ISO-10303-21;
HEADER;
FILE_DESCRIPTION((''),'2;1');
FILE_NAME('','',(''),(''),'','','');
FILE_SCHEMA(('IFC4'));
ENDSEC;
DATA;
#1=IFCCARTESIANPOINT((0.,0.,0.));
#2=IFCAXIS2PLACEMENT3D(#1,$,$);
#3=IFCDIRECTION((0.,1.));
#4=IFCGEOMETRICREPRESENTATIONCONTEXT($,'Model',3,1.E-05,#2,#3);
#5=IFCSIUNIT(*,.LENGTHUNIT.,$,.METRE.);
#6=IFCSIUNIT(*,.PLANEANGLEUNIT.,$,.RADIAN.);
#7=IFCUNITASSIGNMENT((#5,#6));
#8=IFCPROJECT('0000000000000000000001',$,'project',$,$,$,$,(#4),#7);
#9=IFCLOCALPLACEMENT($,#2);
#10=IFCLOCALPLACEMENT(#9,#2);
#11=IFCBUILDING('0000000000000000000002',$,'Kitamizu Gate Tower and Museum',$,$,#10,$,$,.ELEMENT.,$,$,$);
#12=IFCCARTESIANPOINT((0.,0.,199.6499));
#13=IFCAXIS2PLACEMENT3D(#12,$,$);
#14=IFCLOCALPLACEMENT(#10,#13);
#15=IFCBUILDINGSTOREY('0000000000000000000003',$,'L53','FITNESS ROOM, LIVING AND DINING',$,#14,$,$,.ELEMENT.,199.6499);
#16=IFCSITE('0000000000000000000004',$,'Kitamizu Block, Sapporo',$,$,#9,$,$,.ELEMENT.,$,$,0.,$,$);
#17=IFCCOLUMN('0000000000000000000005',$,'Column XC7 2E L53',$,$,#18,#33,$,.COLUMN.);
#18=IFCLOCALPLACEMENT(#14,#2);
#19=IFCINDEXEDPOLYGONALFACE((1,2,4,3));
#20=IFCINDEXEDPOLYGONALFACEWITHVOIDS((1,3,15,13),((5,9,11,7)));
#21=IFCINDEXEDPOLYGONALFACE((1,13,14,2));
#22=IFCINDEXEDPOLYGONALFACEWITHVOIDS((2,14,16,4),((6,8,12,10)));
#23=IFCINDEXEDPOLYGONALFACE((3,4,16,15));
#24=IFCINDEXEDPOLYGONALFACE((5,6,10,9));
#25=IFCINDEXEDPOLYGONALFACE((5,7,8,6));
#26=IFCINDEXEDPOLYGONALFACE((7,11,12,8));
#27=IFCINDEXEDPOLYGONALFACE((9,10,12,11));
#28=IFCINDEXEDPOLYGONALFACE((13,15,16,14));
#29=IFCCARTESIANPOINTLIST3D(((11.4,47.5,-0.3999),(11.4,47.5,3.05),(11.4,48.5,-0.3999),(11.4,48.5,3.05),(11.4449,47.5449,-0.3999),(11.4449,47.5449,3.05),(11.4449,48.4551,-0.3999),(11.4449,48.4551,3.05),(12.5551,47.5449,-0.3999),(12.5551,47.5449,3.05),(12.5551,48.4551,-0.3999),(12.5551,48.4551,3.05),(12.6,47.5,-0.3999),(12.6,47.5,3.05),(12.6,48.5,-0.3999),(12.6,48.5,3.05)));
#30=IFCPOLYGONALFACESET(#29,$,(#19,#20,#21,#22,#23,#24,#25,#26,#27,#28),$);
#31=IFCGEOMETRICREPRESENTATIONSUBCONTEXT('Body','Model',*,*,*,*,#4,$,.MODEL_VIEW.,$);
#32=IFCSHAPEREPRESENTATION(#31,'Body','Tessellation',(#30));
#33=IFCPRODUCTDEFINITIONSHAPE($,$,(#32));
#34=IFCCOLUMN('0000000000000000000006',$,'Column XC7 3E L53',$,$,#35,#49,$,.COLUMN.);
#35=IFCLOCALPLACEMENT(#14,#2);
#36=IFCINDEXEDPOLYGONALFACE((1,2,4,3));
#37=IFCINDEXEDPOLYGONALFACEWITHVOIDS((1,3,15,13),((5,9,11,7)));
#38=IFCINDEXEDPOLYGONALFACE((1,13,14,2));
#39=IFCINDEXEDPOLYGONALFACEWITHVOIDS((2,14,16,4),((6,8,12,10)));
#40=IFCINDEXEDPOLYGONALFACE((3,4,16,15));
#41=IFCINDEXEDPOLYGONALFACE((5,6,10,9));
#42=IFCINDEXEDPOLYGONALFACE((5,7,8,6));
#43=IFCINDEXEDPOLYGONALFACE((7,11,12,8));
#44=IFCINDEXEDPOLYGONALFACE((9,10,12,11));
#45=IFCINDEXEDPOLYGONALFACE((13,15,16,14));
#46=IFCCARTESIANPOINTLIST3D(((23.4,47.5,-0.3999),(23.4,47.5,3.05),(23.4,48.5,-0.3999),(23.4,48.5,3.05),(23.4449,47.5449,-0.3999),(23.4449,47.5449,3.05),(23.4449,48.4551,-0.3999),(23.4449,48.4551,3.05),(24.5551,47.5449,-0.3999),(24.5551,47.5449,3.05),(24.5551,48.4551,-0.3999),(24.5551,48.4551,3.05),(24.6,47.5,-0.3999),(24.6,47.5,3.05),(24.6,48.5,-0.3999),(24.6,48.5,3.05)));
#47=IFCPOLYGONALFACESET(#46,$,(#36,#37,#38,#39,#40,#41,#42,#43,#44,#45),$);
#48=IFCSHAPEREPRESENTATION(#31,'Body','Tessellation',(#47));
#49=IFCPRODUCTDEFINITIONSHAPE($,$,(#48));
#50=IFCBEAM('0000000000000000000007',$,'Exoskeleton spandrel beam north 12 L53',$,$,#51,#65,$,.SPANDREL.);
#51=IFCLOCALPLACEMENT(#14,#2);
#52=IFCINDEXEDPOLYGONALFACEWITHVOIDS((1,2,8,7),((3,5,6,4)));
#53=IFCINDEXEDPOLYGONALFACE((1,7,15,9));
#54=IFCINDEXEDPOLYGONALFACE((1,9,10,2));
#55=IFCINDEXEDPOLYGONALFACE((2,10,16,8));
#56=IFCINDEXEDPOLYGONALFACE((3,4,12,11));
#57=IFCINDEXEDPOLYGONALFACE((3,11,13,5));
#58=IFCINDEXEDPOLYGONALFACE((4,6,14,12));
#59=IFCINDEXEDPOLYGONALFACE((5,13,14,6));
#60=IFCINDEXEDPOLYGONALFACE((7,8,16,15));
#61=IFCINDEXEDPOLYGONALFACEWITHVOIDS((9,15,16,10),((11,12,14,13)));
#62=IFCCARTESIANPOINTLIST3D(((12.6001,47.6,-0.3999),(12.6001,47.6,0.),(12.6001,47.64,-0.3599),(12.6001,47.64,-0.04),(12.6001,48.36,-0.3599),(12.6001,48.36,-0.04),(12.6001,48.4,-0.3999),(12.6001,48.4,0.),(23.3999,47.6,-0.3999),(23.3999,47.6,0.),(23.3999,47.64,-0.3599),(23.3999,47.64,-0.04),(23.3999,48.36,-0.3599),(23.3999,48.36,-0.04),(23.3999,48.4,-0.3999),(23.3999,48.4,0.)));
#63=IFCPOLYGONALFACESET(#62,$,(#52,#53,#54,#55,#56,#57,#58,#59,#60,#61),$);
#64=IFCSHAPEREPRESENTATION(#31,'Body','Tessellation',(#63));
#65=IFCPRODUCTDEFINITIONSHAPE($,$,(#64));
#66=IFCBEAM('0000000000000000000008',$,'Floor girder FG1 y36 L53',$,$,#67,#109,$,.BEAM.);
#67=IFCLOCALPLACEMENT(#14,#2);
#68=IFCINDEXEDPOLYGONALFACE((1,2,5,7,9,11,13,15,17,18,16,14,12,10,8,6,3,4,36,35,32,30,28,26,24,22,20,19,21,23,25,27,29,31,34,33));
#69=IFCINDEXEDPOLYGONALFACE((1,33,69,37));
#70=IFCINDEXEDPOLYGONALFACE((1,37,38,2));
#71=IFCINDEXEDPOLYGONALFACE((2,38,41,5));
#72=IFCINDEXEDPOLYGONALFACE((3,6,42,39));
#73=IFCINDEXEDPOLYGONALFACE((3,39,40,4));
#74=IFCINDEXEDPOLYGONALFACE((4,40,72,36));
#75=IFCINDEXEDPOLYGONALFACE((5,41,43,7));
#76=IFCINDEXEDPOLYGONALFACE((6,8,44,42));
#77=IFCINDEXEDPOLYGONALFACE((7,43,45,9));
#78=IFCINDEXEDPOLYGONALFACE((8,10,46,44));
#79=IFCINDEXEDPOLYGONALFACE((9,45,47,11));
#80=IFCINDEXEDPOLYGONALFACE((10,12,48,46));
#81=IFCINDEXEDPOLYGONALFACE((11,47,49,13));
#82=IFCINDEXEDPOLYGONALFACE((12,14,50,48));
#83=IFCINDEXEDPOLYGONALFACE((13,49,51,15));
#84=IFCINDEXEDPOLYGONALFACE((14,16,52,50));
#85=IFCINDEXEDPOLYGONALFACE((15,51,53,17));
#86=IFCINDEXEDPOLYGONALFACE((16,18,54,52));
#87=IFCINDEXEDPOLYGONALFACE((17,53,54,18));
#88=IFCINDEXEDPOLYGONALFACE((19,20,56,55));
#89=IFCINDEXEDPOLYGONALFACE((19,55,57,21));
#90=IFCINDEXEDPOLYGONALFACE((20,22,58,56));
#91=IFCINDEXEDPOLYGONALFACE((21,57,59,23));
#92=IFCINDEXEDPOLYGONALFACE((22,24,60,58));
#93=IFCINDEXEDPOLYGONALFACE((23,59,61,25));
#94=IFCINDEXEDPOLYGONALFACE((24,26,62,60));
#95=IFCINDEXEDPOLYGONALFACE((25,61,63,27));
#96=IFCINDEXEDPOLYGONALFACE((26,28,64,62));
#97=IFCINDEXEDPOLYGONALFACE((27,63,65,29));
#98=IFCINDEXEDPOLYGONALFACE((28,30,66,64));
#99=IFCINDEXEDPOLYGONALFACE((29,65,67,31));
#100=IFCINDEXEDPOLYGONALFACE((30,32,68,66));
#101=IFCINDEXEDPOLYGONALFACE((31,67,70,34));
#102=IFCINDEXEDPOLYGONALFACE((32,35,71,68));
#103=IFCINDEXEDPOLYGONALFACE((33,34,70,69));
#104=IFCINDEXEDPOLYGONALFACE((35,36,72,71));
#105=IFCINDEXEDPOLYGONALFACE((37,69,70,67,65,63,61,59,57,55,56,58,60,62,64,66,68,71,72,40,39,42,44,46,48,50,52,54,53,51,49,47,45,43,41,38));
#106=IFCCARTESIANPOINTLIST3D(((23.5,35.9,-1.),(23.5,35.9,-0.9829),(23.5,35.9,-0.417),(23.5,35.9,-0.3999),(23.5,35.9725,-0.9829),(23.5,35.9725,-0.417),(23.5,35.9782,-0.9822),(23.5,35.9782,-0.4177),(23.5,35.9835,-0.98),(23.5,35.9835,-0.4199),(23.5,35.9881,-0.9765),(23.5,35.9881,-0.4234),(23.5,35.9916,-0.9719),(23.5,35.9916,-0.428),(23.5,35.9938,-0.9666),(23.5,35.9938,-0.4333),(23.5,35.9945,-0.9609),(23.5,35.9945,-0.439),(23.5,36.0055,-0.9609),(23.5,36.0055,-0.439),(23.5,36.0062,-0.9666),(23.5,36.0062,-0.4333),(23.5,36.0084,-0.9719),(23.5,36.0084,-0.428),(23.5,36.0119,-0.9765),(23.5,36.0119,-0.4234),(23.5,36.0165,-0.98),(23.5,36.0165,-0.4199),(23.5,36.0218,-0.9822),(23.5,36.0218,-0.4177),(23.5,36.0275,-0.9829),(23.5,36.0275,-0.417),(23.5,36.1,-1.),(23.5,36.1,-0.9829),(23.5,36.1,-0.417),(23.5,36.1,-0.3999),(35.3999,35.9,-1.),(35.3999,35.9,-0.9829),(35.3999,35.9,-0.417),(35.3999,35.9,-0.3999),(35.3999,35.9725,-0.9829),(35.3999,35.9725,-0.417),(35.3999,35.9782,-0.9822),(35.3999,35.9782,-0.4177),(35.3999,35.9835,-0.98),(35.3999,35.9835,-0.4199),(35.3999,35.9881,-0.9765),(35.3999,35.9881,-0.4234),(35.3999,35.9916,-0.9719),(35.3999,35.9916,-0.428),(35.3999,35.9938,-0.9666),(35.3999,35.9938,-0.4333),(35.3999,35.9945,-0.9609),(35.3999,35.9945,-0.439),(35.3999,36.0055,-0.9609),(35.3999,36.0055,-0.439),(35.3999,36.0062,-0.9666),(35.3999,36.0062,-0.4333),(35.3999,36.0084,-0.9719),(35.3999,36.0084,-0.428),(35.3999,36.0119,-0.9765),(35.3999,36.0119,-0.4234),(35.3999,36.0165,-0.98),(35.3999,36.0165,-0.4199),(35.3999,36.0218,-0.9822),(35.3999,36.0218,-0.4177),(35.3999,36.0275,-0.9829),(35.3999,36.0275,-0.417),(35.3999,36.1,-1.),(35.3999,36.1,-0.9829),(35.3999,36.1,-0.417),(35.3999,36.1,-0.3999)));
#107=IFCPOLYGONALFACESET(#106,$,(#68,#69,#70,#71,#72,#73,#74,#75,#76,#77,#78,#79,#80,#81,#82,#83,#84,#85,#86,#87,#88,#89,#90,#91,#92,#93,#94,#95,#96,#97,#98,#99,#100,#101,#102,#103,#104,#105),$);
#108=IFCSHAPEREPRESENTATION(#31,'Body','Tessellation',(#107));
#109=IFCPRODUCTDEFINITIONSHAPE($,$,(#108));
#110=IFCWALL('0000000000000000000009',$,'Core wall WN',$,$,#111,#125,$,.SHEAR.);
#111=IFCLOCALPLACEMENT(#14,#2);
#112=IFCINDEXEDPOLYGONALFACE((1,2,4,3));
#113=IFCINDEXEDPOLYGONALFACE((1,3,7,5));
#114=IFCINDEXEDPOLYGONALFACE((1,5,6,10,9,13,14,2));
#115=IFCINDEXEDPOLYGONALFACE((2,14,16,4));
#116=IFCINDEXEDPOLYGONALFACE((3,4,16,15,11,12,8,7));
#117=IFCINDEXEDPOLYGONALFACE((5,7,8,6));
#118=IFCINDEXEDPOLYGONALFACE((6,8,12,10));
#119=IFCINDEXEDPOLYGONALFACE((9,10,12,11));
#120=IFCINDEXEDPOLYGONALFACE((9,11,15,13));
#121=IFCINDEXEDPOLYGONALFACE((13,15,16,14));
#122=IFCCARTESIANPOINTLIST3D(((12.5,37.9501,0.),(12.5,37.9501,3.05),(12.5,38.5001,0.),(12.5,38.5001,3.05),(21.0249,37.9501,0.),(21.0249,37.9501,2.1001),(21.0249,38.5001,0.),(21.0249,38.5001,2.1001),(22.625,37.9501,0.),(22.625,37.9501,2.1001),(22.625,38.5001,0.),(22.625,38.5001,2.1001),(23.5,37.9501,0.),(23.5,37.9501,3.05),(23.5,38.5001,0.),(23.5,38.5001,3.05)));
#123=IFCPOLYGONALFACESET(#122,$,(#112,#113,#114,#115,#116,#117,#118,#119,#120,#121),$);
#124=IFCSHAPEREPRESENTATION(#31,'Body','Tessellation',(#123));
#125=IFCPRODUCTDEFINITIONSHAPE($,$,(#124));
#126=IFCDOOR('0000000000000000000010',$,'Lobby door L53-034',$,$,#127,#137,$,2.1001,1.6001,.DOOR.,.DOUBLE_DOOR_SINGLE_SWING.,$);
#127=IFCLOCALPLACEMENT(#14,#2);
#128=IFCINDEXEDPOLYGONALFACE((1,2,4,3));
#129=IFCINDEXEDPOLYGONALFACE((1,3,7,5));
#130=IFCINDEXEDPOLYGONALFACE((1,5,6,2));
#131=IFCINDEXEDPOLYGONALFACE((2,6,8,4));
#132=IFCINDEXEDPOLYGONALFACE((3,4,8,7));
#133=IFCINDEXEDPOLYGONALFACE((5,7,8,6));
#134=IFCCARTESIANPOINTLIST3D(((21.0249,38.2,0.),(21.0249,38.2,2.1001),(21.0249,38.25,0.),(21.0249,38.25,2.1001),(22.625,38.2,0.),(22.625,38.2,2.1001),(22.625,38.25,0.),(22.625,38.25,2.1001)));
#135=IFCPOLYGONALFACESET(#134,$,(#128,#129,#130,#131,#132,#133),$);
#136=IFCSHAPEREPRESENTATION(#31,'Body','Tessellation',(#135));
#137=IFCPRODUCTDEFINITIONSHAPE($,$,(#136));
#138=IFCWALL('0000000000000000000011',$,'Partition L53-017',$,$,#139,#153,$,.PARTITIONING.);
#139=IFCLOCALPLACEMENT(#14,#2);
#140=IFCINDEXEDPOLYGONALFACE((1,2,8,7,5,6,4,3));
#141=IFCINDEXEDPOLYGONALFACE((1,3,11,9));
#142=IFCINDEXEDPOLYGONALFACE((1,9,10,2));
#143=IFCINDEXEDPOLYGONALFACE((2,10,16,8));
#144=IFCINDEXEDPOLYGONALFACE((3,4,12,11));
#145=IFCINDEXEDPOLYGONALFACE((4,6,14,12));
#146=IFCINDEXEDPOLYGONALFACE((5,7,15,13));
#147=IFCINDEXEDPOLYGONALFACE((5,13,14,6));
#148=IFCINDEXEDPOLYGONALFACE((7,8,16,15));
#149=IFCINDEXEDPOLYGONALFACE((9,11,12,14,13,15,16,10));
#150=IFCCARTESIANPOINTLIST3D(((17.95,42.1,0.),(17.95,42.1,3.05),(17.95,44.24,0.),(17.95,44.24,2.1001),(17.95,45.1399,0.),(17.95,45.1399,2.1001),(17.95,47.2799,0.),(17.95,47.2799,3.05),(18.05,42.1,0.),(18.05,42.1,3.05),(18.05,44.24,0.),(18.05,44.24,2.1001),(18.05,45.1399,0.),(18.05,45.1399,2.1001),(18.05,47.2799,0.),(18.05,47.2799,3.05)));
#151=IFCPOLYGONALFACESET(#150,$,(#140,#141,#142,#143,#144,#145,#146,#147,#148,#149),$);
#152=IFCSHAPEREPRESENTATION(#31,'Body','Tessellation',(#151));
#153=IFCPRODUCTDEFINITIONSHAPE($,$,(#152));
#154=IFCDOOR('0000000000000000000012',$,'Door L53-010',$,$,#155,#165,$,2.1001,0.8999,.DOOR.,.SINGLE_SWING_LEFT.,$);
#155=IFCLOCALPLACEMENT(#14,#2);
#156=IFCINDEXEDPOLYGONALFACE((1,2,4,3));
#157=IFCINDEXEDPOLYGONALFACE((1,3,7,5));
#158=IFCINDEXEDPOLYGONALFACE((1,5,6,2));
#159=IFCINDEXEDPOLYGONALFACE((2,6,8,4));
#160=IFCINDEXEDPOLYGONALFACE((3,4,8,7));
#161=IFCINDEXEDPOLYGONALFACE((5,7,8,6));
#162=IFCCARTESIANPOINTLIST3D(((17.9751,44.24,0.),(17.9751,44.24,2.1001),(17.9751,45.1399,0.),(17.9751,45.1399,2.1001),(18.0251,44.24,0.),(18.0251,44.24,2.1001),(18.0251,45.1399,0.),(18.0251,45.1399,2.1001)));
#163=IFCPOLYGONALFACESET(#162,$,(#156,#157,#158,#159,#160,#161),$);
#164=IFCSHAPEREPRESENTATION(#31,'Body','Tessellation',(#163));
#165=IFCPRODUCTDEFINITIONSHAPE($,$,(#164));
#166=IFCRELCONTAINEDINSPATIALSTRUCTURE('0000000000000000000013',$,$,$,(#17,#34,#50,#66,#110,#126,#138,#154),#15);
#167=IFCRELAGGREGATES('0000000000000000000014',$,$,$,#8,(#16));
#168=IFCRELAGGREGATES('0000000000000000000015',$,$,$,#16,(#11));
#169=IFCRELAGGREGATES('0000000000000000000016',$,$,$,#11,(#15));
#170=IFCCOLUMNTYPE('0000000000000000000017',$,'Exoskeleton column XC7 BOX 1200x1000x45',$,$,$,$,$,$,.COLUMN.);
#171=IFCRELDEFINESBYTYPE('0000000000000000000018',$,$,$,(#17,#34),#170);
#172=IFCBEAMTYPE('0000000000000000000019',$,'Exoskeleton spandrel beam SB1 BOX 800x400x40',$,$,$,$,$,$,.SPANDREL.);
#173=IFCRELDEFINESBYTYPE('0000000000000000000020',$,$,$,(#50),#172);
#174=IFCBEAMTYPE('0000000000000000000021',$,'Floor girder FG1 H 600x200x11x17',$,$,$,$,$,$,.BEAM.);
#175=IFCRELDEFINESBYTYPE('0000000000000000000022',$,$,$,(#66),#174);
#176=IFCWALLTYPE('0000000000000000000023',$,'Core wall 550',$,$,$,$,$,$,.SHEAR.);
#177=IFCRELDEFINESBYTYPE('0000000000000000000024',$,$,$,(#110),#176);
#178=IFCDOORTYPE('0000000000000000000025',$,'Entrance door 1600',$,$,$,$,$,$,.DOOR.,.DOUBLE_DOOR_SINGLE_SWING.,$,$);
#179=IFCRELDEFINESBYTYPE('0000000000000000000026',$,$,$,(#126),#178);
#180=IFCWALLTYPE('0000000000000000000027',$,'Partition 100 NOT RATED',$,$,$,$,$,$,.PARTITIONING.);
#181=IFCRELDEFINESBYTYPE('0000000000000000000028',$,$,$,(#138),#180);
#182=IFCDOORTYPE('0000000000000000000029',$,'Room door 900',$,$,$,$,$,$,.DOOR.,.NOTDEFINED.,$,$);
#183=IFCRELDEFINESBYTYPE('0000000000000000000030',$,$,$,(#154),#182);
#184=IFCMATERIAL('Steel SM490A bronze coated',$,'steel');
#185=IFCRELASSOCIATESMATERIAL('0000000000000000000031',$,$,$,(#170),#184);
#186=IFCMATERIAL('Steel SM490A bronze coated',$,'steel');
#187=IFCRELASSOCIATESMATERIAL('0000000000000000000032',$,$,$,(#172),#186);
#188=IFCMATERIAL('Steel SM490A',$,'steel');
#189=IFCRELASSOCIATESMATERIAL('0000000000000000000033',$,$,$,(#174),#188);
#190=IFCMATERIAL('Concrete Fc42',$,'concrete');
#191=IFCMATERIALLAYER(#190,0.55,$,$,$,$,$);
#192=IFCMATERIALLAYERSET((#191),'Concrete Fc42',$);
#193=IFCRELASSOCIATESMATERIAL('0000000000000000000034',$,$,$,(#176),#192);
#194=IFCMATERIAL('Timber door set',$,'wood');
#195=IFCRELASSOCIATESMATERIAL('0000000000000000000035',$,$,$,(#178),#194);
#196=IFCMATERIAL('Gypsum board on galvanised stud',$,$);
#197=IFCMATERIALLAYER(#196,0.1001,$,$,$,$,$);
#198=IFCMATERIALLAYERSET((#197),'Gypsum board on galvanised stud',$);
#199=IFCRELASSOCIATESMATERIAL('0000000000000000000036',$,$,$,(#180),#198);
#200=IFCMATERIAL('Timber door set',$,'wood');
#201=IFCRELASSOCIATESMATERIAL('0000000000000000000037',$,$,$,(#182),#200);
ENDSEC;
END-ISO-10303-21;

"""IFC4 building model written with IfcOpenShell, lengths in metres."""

from ifc_helpers import new_model, si_unit, direction, frame, frame_2d, origin, origin_2d, place, context, subcontext, project, spatial, rectangle, hollow_rectangle, i_section, extrude, material, layer, layer_set, material_profile, profile_set, type_object, element, fill, save


model = new_model("IFC4")

# Units and contexts
model_context = context("Model", 3, precision=1e-05, world=origin(), true_north=direction((0.0, 1.0)))
body_context = subcontext(model_context, "Body", "Model", "MODEL_VIEW")
ifc_project = project(units=[si_unit("LENGTHUNIT", "METRE"), si_unit("PLANEANGLEUNIT", "RADIAN")], contexts=[model_context])

# Site, building, storey
site_placement = place(None, origin())
site = spatial("IfcSite", under=ifc_project, at=site_placement, Name="Kitamizu Block, Sapporo", CompositionType="ELEMENT", RefElevation=0.0)
building_placement = place(site_placement, origin())
building = spatial("IfcBuilding", under=site, at=building_placement, Name="Kitamizu Gate Tower and Museum", CompositionType="ELEMENT")
storey_placement = place(building_placement, frame((0.0, 0.0, 199.6499)))
storey = spatial("IfcBuildingStorey", under=building, at=storey_placement, Name="L53", Description="FITNESS ROOM, LIVING AND DINING", CompositionType="ELEMENT", Elevation=199.6499)

# Columns
ifc_material_1 = material(Name="Steel SM490A bronze coated", Category="steel")
ifc_material_profile_1 = material_profile(ifc_material_1, hollow_rectangle(XDim=1.2, YDim=1.0, WallThickness=0.0449, at=origin_2d()), Name="BOX 1200x1000x45")
ifc_profile_set_1 = profile_set([ifc_material_profile_1], Name="Steel SM490A bronze coated")
column_type = type_object("IfcColumnType", Name="Exoskeleton column XC7 BOX 1200x1000x45", PredefinedType="COLUMN", material=ifc_profile_set_1)
for number, where, z_axis, x_axis, name in (
    (1, (12.0, 48.0, -0.3999), (0.0, 0.0, 1.0), (1.0, 0.0, 0.0), "Column XC7 2E L53"),
    (2, (24.0, 48.0, -0.3999), (0.0, 0.0, 1.0), (1.0, 0.0, 0.0), "Column XC7 3E L53"),
):
    element("IfcColumn", number, at=place(storey_placement, frame(where, z_axis=z_axis, x_axis=x_axis)), inside=storey, type_object=column_type, Name=name, PredefinedType="COLUMN", context=body_context, shape_type="SweptSolid", body=[
        extrude(hollow_rectangle(XDim=1.2, YDim=1.0, WallThickness=0.0449, at=origin_2d()), origin(), (0.0, 0.0, 1.0), 3.45),
    ])

# Beams
ifc_material_2 = material(Name="Steel SM490A bronze coated", Category="steel")
ifc_material_profile_2 = material_profile(ifc_material_2, hollow_rectangle(XDim=0.8, YDim=0.3999, WallThickness=0.04, at=origin_2d()), Name="BOX 800x400x40")
ifc_profile_set_2 = profile_set([ifc_material_profile_2], Name="Steel SM490A bronze coated")
beam_type_1 = type_object("IfcBeamType", Name="Exoskeleton spandrel beam SB1 BOX 800x400x40", PredefinedType="SPANDREL", material=ifc_profile_set_2)
beam_1_placement = place(storey_placement, frame((12.6001, 48.0, -0.2), z_axis=(1.0, 0.0, 0.0), x_axis=(0.0, 1.0, 0.0)))
element("IfcBeam", 3, at=beam_1_placement, inside=storey, type_object=beam_type_1, Name="Exoskeleton spandrel beam north 12 L53", PredefinedType="SPANDREL", context=body_context, shape_type="SweptSolid", body=[
    extrude(hollow_rectangle(XDim=0.8, YDim=0.3999, WallThickness=0.04, at=origin_2d()), origin(), (0.0, 0.0, 1.0), 10.7998),
])
ifc_material_3 = material(Name="Steel SM490A", Category="steel")
ifc_material_profile_3 = material_profile(ifc_material_3, i_section(OverallWidth=0.2, OverallDepth=0.6001, WebThickness=0.011, FlangeThickness=0.0171, FilletRadius=0.022, at=origin_2d()), Name="H-600x200x11x17")
ifc_profile_set_3 = profile_set([ifc_material_profile_3], Name="Steel SM490A")
beam_type_2 = type_object("IfcBeamType", Name="Floor girder FG1 H 600x200x11x17", PredefinedType="BEAM", material=ifc_profile_set_3)
beam_2_placement = place(storey_placement, frame((23.5, 36.0, -0.7), z_axis=(1.0, 0.0, 0.0), x_axis=(0.0, 1.0, 0.0)))
element("IfcBeam", 4, at=beam_2_placement, inside=storey, type_object=beam_type_2, Name="Floor girder FG1 y36 L53", PredefinedType="BEAM", context=body_context, shape_type="SweptSolid", body=[
    extrude(i_section(OverallWidth=0.2, OverallDepth=0.6001, WebThickness=0.011, FlangeThickness=0.0171, FilletRadius=0.022, at=origin_2d()), origin(), (0.0, 0.0, 1.0), 11.8999),
])

# Walls, openings, doors
ifc_material_4 = material(Name="Concrete Fc42", Category="concrete")
ifc_layer_1 = layer(ifc_material_4, 0.55)
ifc_layer_set_1 = layer_set([ifc_layer_1], Name="Concrete Fc42")
wall_type_1 = type_object("IfcWallType", Name="Core wall 550", PredefinedType="SHEAR", material=ifc_layer_set_1)
wall_1_placement = place(storey_placement, frame((12.5, 38.2251, 0.0), z_axis=(0.0, 0.0, 1.0), x_axis=(1.0, 0.0, 0.0)))
wall_1 = element("IfcWall", 5, at=wall_1_placement, inside=storey, type_object=wall_type_1, Name="Core wall WN", PredefinedType="SHEAR", context=body_context, shape_type="SweptSolid", body=[
    extrude(rectangle(XDim=11.0, YDim=0.55, at=frame_2d((5.5, 0.0))), origin(), (0.0, 0.0, 1.0), 3.05),
])
opening_1_placement = place(wall_1_placement, frame((8.5249, 0.0, 0.0)))
opening_1 = element("IfcOpeningElement", 6, at=opening_1_placement, cuts=wall_1, PredefinedType="OPENING", context=body_context, shape_type="SweptSolid", body=[
    extrude(rectangle(XDim=1.6001, YDim=2.1001, at=frame_2d((0.8, 1.05))), frame((0.0, 0.2852, 0.0), z_axis=(0.0, -1.0, 0.0), x_axis=(1.0, 0.0, 0.0)), (0.0, 0.0, 1.0), 0.5701),
])
ifc_material_5 = material(Name="Timber door set", Category="wood")
door_type_1 = type_object("IfcDoorType", Name="Entrance door 1600", OperationType="DOUBLE_DOOR_SINGLE_SWING", PredefinedType="DOOR", material=ifc_material_5)
door_1_placement = place(opening_1_placement, origin())
door_1 = element("IfcDoor", 7, at=door_1_placement, inside=storey, type_object=door_type_1, Name="Lobby door L53-034", OperationType="DOUBLE_DOOR_SINGLE_SWING", OverallHeight=2.1001, OverallWidth=1.6001, PredefinedType="DOOR", context=body_context, shape_type="SweptSolid", body=[
    extrude(rectangle(XDim=1.6001, YDim=2.1001, at=frame_2d((0.8, 1.05))), frame((0.0, 0.0249, 0.0), z_axis=(0.0, -1.0, 0.0), x_axis=(1.0, 0.0, 0.0)), (0.0, 0.0, 1.0), 0.05),
])
fill(opening_1, door_1)
ifc_material_6 = material(Name="Gypsum board on galvanised stud")
ifc_layer_2 = layer(ifc_material_6, 0.1001)
ifc_layer_set_2 = layer_set([ifc_layer_2], Name="Gypsum board on galvanised stud")
wall_type_2 = type_object("IfcWallType", Name="Partition 100 NOT RATED", PredefinedType="PARTITIONING", material=ifc_layer_set_2)
wall_2_placement = place(storey_placement, frame((18.0, 42.1001, 0.0), z_axis=(0.0, 0.0, 1.0), x_axis=(0.0, 1.0, 0.0)))
wall_2 = element("IfcWall", 8, at=wall_2_placement, inside=storey, type_object=wall_type_2, Name="Partition L53-017", PredefinedType="PARTITIONING", context=body_context, shape_type="SweptSolid", body=[
    extrude(rectangle(XDim=5.1799, YDim=0.1001, at=frame_2d((2.5898, 0.0))), origin(), (0.0, 0.0, 1.0), 3.05),
])
opening_2_placement = place(wall_2_placement, frame((2.1399, 0.0, 0.0)))
opening_2 = element("IfcOpeningElement", 9, at=opening_2_placement, cuts=wall_2, PredefinedType="OPENING", context=body_context, shape_type="SweptSolid", body=[
    extrude(rectangle(XDim=0.8999, YDim=2.1001, at=frame_2d((0.45, 1.05))), frame((0.0, 0.0601, 0.0), z_axis=(0.0, -1.0, 0.0), x_axis=(1.0, 0.0, 0.0)), (0.0, 0.0, 1.0), 0.1201),
])
ifc_material_7 = material(Name="Timber door set", Category="wood")
door_type_2 = type_object("IfcDoorType", Name="Room door 900", OperationType="NOTDEFINED", PredefinedType="DOOR", material=ifc_material_7)
door_2_placement = place(opening_2_placement, origin())
door_2 = element("IfcDoor", 10, at=door_2_placement, inside=storey, type_object=door_type_2, Name="Door L53-010", OperationType="SINGLE_SWING_LEFT", OverallHeight=2.1001, OverallWidth=0.8999, PredefinedType="DOOR", context=body_context, shape_type="SweptSolid", body=[
    extrude(rectangle(XDim=0.8999, YDim=2.1001, at=frame_2d((0.45, 1.05))), frame((0.0, 0.0249, 0.0), z_axis=(0.0, -1.0, 0.0), x_axis=(1.0, 0.0, 0.0)), (0.0, 0.0, 1.0), 0.05),
])
fill(opening_2, door_2)

save(model, "model.ifc")
